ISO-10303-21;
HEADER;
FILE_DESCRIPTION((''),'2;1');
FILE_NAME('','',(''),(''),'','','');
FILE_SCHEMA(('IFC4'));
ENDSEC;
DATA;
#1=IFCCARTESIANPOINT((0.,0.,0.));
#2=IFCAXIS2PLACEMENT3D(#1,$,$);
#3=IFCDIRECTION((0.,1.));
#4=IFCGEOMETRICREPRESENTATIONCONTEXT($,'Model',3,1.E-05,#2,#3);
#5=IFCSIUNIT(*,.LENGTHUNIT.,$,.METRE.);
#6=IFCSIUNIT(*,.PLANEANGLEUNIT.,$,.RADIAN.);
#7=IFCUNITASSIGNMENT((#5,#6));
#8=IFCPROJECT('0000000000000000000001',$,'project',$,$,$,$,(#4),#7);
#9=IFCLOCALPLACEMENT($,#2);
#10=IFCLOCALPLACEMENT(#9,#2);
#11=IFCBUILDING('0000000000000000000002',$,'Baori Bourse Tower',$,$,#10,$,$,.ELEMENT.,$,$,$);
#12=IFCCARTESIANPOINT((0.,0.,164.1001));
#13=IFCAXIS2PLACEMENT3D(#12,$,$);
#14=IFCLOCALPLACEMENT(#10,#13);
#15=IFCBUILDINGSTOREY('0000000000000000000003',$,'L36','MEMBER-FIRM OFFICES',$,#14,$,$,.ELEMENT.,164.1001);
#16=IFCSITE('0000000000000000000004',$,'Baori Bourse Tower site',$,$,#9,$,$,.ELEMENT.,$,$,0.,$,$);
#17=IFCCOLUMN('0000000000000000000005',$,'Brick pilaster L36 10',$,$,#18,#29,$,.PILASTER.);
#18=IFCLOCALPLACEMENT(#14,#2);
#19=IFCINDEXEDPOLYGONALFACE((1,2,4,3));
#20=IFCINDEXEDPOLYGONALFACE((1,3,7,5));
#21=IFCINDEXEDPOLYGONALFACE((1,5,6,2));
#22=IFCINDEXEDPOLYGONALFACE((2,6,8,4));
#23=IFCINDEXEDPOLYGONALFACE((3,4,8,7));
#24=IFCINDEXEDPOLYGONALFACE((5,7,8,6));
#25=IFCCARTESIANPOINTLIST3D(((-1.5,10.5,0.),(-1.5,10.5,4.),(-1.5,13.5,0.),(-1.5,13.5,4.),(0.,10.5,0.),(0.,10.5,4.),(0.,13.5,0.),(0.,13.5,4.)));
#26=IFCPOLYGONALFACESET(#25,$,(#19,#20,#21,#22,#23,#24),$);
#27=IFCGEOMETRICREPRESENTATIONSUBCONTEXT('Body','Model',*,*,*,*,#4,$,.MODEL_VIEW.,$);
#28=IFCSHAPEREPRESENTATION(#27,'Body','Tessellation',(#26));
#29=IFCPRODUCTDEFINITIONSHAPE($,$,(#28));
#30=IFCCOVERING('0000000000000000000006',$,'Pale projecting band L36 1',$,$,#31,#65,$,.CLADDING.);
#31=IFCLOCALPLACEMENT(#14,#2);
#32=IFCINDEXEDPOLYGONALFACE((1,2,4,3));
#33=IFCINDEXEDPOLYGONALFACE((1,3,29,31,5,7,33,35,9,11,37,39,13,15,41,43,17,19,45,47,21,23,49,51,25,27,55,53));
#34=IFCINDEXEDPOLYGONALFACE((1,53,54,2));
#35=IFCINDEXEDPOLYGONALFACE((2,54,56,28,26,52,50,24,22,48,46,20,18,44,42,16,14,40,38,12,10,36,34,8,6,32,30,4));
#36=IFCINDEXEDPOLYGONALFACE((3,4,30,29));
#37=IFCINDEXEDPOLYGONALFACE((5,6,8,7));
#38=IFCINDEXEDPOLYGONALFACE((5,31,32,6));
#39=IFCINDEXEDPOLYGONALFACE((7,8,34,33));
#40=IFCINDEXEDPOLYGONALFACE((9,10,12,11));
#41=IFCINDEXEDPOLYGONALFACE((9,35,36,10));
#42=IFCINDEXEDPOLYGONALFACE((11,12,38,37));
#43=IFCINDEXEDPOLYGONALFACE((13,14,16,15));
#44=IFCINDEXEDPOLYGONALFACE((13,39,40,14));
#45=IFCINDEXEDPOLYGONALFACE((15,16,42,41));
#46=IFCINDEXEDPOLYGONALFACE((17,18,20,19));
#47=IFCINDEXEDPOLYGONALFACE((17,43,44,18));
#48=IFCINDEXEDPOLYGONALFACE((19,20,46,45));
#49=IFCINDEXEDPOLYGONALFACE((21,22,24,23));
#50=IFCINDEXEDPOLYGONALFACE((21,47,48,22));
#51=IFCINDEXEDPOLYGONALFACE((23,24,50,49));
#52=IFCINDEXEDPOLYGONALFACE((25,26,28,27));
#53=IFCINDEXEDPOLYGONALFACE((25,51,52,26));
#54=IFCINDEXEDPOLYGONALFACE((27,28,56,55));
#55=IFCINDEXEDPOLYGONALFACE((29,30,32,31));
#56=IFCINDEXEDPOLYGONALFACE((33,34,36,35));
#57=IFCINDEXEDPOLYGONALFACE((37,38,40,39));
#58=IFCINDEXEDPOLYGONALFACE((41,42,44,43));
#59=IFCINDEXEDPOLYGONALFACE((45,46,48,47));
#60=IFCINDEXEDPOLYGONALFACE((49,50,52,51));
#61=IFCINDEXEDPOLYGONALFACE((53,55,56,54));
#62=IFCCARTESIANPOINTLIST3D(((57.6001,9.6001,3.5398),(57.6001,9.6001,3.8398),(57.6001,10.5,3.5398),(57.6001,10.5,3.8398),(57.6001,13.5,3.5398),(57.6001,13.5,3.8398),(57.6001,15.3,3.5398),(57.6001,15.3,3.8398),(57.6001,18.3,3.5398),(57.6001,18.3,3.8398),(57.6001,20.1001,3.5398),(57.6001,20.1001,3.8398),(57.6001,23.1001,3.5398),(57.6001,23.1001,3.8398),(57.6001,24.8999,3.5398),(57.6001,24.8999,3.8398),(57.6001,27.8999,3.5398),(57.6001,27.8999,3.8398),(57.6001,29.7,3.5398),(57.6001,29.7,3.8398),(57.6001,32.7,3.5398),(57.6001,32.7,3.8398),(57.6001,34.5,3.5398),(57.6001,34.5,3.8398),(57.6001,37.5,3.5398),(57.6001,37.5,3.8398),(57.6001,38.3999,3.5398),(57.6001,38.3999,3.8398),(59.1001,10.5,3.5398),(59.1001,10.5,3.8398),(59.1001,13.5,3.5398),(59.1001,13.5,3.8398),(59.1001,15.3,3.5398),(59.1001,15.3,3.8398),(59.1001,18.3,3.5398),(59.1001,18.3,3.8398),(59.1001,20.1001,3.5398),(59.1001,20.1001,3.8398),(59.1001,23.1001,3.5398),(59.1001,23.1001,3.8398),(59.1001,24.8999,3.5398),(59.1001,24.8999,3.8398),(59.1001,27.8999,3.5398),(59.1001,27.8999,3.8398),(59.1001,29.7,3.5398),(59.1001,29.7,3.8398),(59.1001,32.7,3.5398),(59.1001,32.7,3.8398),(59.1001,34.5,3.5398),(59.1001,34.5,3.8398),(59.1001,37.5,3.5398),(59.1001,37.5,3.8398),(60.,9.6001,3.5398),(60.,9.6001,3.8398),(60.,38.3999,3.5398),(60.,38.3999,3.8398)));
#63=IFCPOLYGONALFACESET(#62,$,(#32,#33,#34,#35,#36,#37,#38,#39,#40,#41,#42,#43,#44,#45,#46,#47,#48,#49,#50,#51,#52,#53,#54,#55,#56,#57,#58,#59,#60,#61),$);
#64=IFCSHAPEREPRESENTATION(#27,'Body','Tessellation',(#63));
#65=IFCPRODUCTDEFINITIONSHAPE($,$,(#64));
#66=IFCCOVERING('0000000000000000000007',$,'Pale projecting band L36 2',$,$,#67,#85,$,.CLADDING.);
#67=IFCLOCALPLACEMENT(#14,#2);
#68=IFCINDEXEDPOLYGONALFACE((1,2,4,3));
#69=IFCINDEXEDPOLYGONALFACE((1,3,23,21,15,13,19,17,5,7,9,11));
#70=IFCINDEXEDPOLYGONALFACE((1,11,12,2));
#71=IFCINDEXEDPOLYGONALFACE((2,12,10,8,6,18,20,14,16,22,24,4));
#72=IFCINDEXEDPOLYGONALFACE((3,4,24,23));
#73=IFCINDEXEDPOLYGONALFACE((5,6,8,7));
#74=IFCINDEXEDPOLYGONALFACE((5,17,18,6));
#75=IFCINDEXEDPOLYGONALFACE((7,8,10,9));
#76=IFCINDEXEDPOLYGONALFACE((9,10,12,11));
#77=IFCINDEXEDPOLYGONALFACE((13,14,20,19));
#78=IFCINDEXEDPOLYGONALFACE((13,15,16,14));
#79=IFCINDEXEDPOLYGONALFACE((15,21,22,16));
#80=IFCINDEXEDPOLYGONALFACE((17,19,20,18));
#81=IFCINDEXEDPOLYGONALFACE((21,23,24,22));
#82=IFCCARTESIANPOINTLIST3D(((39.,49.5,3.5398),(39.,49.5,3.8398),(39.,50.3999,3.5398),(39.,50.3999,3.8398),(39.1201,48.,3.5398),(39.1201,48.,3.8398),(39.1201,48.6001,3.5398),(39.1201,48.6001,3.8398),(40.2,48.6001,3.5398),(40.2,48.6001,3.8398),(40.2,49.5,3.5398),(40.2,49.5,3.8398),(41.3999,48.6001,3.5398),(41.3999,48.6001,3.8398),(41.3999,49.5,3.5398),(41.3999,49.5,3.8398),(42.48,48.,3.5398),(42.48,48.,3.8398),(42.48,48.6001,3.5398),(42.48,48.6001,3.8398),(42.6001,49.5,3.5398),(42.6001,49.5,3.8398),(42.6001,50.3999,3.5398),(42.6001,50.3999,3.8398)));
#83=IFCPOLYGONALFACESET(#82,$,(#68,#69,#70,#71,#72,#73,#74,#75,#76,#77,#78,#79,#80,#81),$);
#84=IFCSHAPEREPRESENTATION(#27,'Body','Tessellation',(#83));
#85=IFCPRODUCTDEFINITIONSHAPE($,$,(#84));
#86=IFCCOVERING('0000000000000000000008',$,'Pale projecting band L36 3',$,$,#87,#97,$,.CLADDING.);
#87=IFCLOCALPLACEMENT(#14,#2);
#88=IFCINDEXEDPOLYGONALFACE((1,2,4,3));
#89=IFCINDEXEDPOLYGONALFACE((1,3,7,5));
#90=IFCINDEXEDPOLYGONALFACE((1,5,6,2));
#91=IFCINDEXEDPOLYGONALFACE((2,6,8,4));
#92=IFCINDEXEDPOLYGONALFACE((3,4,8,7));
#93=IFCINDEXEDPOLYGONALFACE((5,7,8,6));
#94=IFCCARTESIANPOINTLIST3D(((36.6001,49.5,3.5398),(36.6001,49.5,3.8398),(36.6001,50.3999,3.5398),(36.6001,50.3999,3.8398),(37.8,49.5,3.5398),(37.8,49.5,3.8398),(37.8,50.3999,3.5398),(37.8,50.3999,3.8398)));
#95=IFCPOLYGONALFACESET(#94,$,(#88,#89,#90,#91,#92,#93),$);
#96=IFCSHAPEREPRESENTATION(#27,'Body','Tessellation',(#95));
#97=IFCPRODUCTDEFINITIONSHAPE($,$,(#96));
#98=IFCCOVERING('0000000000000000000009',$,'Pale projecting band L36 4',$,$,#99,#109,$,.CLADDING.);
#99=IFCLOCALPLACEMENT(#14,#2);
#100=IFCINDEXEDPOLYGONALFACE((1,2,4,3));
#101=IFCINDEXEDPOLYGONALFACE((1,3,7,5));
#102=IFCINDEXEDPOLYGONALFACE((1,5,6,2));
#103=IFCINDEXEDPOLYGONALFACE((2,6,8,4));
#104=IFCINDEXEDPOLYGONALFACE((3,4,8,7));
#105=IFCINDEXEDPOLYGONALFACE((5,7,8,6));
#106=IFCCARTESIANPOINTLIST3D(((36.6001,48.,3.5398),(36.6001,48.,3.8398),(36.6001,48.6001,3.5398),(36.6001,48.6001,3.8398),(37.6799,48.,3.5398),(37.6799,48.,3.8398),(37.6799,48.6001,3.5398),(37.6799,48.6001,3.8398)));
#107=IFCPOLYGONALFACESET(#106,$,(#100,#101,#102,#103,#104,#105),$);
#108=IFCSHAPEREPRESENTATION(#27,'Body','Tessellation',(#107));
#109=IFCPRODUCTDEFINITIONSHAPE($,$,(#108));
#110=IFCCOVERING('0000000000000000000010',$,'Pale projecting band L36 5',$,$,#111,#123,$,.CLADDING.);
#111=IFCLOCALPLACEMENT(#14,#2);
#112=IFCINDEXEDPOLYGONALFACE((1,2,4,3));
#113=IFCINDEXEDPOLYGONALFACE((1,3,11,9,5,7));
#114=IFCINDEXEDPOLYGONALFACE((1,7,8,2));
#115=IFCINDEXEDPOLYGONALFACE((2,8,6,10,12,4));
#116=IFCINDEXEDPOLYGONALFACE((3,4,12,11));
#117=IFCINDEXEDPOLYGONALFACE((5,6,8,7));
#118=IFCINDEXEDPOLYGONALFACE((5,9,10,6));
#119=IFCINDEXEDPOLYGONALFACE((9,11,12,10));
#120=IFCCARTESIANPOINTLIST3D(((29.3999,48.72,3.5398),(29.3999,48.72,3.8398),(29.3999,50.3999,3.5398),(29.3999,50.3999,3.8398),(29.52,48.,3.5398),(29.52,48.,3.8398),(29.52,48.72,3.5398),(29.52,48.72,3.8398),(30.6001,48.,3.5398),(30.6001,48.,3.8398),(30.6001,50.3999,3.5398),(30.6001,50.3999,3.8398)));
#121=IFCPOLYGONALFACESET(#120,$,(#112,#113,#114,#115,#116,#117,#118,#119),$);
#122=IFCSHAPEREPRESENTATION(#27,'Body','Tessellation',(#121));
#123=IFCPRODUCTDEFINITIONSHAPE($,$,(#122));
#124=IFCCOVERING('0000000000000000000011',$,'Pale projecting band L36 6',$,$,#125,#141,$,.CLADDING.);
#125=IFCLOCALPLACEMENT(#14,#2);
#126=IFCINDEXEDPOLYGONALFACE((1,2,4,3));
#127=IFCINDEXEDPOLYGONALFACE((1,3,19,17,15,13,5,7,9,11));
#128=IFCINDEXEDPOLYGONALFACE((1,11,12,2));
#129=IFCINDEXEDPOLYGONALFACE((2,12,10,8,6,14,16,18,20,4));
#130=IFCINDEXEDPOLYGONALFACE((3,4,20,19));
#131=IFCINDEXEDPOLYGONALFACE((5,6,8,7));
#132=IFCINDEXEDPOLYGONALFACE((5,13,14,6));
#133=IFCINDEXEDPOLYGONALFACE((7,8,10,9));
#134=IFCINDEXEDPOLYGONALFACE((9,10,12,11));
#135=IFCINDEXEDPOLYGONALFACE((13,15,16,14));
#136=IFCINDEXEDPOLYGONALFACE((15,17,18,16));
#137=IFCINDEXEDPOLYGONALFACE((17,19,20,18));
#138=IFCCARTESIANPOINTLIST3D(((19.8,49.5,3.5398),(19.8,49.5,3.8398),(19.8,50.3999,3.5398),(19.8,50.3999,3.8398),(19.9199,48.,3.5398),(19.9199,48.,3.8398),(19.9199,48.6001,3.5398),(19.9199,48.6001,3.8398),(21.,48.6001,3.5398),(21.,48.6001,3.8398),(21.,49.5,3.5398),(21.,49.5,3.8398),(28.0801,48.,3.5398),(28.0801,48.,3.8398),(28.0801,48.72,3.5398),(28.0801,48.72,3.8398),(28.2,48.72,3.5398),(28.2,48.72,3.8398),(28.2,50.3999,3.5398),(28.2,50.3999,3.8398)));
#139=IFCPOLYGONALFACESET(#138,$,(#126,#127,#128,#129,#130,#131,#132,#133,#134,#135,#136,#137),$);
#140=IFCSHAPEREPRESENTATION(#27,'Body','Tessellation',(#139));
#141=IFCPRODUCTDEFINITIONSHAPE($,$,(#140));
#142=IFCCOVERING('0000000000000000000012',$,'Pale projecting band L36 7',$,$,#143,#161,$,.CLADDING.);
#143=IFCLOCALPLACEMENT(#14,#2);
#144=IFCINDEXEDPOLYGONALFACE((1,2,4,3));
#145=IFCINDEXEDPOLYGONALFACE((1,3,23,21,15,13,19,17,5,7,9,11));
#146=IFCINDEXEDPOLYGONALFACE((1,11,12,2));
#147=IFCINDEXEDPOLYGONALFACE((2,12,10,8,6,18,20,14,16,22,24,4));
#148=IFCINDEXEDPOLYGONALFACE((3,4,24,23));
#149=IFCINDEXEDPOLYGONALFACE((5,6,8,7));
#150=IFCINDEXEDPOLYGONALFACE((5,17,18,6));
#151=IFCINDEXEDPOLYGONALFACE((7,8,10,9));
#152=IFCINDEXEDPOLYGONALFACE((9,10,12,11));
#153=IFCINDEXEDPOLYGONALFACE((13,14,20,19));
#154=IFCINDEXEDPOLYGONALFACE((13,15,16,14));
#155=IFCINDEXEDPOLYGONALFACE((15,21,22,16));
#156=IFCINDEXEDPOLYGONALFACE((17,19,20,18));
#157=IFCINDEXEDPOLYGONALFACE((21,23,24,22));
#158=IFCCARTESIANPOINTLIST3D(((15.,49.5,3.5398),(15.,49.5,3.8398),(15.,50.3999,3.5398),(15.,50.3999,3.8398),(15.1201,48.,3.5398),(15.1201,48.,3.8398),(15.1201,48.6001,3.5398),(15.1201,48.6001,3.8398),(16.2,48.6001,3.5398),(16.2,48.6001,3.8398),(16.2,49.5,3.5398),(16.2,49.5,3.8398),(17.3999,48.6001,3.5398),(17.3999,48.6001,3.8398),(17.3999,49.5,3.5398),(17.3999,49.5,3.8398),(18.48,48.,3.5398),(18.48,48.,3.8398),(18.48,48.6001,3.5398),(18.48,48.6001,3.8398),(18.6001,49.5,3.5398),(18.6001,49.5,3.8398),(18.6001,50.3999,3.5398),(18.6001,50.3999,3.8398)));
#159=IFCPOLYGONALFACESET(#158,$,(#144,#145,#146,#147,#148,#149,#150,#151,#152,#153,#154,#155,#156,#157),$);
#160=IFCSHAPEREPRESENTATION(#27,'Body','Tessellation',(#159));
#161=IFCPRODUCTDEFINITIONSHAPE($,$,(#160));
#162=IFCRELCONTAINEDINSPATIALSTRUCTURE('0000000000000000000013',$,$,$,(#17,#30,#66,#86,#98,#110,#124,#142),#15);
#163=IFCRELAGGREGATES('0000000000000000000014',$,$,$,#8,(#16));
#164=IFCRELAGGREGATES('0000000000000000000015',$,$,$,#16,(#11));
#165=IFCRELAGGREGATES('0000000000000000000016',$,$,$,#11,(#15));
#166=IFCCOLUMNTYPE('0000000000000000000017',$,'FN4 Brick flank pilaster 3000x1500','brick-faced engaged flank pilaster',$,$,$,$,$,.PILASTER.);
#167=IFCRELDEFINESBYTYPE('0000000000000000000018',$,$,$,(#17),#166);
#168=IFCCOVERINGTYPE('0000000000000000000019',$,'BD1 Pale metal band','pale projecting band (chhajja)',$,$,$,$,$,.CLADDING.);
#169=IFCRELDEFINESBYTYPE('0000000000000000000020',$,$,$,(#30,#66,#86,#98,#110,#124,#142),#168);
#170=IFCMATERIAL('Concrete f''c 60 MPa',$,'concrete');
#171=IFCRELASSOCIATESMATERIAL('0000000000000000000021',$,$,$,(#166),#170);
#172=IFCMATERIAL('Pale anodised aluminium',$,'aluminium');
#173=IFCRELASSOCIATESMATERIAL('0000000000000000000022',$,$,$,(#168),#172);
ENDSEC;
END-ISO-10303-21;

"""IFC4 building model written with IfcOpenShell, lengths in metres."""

from ifc_helpers import new_model, si_unit, direction, frame, origin, origin_2d, place, context, subcontext, project, spatial, polyline, rectangle, outline, extrude, material, material_profile, profile_set, type_object, element, save


model = new_model("IFC4")

# Units and contexts
model_context = context("Model", 3, precision=1e-05, world=origin(), true_north=direction((0.0, 1.0)))
body_context = subcontext(model_context, "Body", "Model", "MODEL_VIEW")
ifc_project = project(units=[si_unit("LENGTHUNIT", "METRE"), si_unit("PLANEANGLEUNIT", "RADIAN")], contexts=[model_context])

# Site, building, storey
site_placement = place(None, origin())
site = spatial("IfcSite", under=ifc_project, at=site_placement, Name="Baori Bourse Tower site", CompositionType="ELEMENT", RefElevation=0.0)
building_placement = place(site_placement, origin())
building = spatial("IfcBuilding", under=site, at=building_placement, Name="Baori Bourse Tower", CompositionType="ELEMENT")
storey_placement = place(building_placement, frame((0.0, 0.0, 164.1001)))
storey = spatial("IfcBuildingStorey", under=building, at=storey_placement, Name="L36", Description="MEMBER-FIRM OFFICES", CompositionType="ELEMENT", Elevation=164.1001)

# Column
ifc_material_1 = material(Name="Concrete f'c 60 MPa", Category="concrete")
ifc_material_profile = material_profile(ifc_material_1, rectangle(XDim=3.0, YDim=1.5, at=origin_2d()), Name="RC 3000x1500")
ifc_profile_set = profile_set([ifc_material_profile], Name="Concrete f'c 60 MPa")
column_type = type_object("IfcColumnType", Name="FN4 Brick flank pilaster 3000x1500", Description="brick-faced engaged flank pilaster", PredefinedType="PILASTER", material=ifc_profile_set)
column_placement = place(storey_placement, frame((-0.75, 12.0, 0.0), z_axis=(0.0, 0.0, 1.0), x_axis=(0.0, 1.0, 0.0)))
element("IfcColumn", 1, at=column_placement, inside=storey, type_object=column_type, Name="Brick pilaster L36 10", PredefinedType="PILASTER", context=body_context, shape_type="SweptSolid", body=[
    extrude(rectangle(XDim=3.0, YDim=1.5, at=origin_2d()), origin(), (0.0, 0.0, 1.0), 4.0),
])

# Coverings
ifc_material_2 = material(Name="Pale anodised aluminium", Category="aluminium")
covering_type_1 = type_object("IfcCoveringType", Name="BD1 Pale metal band", Description="pale projecting band (chhajja)", PredefinedType="CLADDING", material=ifc_material_2)
covering_1_placement = place(storey_placement, frame((0.0, 0.0, 3.5398)))
element("IfcCovering", 2, at=covering_1_placement, inside=storey, type_object=covering_type_1, Name="Pale projecting band L36 1", PredefinedType="CLADDING", context=body_context, shape_type="SweptSolid", body=[
    extrude(outline(polyline([(57.6001, 10.5), (57.6001, 9.6001), (60.0, 9.6001), (60.0, 38.3999), (57.6001, 38.3999), (57.6001, 37.5), (59.1001, 37.5), (59.1001, 34.5), (57.6001, 34.5), (57.6001, 32.7), (59.1001, 32.7), (59.1001, 29.7), (57.6001, 29.7), (57.6001, 27.8999), (59.1001, 27.8999), (59.1001, 24.8999), (57.6001, 24.8999), (57.6001, 23.1001), (59.1001, 23.1001), (59.1001, 20.1001), (57.6001, 20.1001), (57.6001, 18.3), (59.1001, 18.3), (59.1001, 15.3), (57.6001, 15.3), (57.6001, 13.5), (59.1001, 13.5), (59.1001, 10.5), (57.6001, 10.5)])), origin(), (0.0, 0.0, 1.0), 0.3),
])
covering_2_placement = place(storey_placement, frame((0.0, 0.0, 3.5398)))
element("IfcCovering", 3, at=covering_2_placement, inside=storey, type_object=covering_type_1, Name="Pale projecting band L36 2", PredefinedType="CLADDING", context=body_context, shape_type="SweptSolid", body=[
    extrude(outline(polyline([(39.1201, 48.0), (42.48, 48.0), (42.48, 48.6001), (41.3999, 48.6001), (41.3999, 49.5), (42.6001, 49.5), (42.6001, 50.3999), (39.0, 50.3999), (39.0, 49.5), (40.2, 49.5), (40.2, 48.6001), (39.1201, 48.6001), (39.1201, 48.0)])), origin(), (0.0, 0.0, 1.0), 0.3),
])
covering_3_placement = place(storey_placement, frame((0.0, 0.0, 3.5398)))
element("IfcCovering", 4, at=covering_3_placement, inside=storey, type_object=covering_type_1, Name="Pale projecting band L36 3", PredefinedType="CLADDING", context=body_context, shape_type="SweptSolid", body=[
    extrude(outline(polyline([(37.8, 50.3999), (36.6001, 50.3999), (36.6001, 49.5), (37.8, 49.5), (37.8, 50.3999)])), origin(), (0.0, 0.0, 1.0), 0.3),
])
covering_4_placement = place(storey_placement, frame((0.0, 0.0, 3.5398)))
element("IfcCovering", 5, at=covering_4_placement, inside=storey, type_object=covering_type_1, Name="Pale projecting band L36 4", PredefinedType="CLADDING", context=body_context, shape_type="SweptSolid", body=[
    extrude(outline(polyline([(36.6001, 48.0), (37.6799, 48.0), (37.6799, 48.6001), (36.6001, 48.6001), (36.6001, 48.0)])), origin(), (0.0, 0.0, 1.0), 0.3),
])
covering_5_placement = place(storey_placement, frame((0.0, 0.0, 3.5398)))
element("IfcCovering", 6, at=covering_5_placement, inside=storey, type_object=covering_type_1, Name="Pale projecting band L36 5", PredefinedType="CLADDING", context=body_context, shape_type="SweptSolid", body=[
    extrude(outline(polyline([(29.52, 48.0), (30.6001, 48.0), (30.6001, 50.3999), (29.3999, 50.3999), (29.3999, 48.72), (29.52, 48.72), (29.52, 48.0)])), origin(), (0.0, 0.0, 1.0), 0.3),
])
covering_6_placement = place(storey_placement, frame((0.0, 0.0, 3.5398)))
element("IfcCovering", 7, at=covering_6_placement, inside=storey, type_object=covering_type_1, Name="Pale projecting band L36 6", PredefinedType="CLADDING", context=body_context, shape_type="SweptSolid", body=[
    extrude(outline(polyline([(19.9199, 48.0), (28.0801, 48.0), (28.0801, 48.72), (28.2, 48.72), (28.2, 50.3999), (19.8, 50.3999), (19.8, 49.5), (21.0, 49.5), (21.0, 48.6001), (19.9199, 48.6001), (19.9199, 48.0)])), origin(), (0.0, 0.0, 1.0), 0.3),
])
covering_7_placement = place(storey_placement, frame((0.0, 0.0, 3.5398)))
element("IfcCovering", 8, at=covering_7_placement, inside=storey, type_object=covering_type_1, Name="Pale projecting band L36 7", PredefinedType="CLADDING", context=body_context, shape_type="SweptSolid", body=[
    extrude(outline(polyline([(15.1201, 48.0), (18.48, 48.0), (18.48, 48.6001), (17.3999, 48.6001), (17.3999, 49.5), (18.6001, 49.5), (18.6001, 50.3999), (15.0, 50.3999), (15.0, 49.5), (16.2, 49.5), (16.2, 48.6001), (15.1201, 48.6001), (15.1201, 48.0)])), origin(), (0.0, 0.0, 1.0), 0.3),
])

save(model, "model.ifc")
